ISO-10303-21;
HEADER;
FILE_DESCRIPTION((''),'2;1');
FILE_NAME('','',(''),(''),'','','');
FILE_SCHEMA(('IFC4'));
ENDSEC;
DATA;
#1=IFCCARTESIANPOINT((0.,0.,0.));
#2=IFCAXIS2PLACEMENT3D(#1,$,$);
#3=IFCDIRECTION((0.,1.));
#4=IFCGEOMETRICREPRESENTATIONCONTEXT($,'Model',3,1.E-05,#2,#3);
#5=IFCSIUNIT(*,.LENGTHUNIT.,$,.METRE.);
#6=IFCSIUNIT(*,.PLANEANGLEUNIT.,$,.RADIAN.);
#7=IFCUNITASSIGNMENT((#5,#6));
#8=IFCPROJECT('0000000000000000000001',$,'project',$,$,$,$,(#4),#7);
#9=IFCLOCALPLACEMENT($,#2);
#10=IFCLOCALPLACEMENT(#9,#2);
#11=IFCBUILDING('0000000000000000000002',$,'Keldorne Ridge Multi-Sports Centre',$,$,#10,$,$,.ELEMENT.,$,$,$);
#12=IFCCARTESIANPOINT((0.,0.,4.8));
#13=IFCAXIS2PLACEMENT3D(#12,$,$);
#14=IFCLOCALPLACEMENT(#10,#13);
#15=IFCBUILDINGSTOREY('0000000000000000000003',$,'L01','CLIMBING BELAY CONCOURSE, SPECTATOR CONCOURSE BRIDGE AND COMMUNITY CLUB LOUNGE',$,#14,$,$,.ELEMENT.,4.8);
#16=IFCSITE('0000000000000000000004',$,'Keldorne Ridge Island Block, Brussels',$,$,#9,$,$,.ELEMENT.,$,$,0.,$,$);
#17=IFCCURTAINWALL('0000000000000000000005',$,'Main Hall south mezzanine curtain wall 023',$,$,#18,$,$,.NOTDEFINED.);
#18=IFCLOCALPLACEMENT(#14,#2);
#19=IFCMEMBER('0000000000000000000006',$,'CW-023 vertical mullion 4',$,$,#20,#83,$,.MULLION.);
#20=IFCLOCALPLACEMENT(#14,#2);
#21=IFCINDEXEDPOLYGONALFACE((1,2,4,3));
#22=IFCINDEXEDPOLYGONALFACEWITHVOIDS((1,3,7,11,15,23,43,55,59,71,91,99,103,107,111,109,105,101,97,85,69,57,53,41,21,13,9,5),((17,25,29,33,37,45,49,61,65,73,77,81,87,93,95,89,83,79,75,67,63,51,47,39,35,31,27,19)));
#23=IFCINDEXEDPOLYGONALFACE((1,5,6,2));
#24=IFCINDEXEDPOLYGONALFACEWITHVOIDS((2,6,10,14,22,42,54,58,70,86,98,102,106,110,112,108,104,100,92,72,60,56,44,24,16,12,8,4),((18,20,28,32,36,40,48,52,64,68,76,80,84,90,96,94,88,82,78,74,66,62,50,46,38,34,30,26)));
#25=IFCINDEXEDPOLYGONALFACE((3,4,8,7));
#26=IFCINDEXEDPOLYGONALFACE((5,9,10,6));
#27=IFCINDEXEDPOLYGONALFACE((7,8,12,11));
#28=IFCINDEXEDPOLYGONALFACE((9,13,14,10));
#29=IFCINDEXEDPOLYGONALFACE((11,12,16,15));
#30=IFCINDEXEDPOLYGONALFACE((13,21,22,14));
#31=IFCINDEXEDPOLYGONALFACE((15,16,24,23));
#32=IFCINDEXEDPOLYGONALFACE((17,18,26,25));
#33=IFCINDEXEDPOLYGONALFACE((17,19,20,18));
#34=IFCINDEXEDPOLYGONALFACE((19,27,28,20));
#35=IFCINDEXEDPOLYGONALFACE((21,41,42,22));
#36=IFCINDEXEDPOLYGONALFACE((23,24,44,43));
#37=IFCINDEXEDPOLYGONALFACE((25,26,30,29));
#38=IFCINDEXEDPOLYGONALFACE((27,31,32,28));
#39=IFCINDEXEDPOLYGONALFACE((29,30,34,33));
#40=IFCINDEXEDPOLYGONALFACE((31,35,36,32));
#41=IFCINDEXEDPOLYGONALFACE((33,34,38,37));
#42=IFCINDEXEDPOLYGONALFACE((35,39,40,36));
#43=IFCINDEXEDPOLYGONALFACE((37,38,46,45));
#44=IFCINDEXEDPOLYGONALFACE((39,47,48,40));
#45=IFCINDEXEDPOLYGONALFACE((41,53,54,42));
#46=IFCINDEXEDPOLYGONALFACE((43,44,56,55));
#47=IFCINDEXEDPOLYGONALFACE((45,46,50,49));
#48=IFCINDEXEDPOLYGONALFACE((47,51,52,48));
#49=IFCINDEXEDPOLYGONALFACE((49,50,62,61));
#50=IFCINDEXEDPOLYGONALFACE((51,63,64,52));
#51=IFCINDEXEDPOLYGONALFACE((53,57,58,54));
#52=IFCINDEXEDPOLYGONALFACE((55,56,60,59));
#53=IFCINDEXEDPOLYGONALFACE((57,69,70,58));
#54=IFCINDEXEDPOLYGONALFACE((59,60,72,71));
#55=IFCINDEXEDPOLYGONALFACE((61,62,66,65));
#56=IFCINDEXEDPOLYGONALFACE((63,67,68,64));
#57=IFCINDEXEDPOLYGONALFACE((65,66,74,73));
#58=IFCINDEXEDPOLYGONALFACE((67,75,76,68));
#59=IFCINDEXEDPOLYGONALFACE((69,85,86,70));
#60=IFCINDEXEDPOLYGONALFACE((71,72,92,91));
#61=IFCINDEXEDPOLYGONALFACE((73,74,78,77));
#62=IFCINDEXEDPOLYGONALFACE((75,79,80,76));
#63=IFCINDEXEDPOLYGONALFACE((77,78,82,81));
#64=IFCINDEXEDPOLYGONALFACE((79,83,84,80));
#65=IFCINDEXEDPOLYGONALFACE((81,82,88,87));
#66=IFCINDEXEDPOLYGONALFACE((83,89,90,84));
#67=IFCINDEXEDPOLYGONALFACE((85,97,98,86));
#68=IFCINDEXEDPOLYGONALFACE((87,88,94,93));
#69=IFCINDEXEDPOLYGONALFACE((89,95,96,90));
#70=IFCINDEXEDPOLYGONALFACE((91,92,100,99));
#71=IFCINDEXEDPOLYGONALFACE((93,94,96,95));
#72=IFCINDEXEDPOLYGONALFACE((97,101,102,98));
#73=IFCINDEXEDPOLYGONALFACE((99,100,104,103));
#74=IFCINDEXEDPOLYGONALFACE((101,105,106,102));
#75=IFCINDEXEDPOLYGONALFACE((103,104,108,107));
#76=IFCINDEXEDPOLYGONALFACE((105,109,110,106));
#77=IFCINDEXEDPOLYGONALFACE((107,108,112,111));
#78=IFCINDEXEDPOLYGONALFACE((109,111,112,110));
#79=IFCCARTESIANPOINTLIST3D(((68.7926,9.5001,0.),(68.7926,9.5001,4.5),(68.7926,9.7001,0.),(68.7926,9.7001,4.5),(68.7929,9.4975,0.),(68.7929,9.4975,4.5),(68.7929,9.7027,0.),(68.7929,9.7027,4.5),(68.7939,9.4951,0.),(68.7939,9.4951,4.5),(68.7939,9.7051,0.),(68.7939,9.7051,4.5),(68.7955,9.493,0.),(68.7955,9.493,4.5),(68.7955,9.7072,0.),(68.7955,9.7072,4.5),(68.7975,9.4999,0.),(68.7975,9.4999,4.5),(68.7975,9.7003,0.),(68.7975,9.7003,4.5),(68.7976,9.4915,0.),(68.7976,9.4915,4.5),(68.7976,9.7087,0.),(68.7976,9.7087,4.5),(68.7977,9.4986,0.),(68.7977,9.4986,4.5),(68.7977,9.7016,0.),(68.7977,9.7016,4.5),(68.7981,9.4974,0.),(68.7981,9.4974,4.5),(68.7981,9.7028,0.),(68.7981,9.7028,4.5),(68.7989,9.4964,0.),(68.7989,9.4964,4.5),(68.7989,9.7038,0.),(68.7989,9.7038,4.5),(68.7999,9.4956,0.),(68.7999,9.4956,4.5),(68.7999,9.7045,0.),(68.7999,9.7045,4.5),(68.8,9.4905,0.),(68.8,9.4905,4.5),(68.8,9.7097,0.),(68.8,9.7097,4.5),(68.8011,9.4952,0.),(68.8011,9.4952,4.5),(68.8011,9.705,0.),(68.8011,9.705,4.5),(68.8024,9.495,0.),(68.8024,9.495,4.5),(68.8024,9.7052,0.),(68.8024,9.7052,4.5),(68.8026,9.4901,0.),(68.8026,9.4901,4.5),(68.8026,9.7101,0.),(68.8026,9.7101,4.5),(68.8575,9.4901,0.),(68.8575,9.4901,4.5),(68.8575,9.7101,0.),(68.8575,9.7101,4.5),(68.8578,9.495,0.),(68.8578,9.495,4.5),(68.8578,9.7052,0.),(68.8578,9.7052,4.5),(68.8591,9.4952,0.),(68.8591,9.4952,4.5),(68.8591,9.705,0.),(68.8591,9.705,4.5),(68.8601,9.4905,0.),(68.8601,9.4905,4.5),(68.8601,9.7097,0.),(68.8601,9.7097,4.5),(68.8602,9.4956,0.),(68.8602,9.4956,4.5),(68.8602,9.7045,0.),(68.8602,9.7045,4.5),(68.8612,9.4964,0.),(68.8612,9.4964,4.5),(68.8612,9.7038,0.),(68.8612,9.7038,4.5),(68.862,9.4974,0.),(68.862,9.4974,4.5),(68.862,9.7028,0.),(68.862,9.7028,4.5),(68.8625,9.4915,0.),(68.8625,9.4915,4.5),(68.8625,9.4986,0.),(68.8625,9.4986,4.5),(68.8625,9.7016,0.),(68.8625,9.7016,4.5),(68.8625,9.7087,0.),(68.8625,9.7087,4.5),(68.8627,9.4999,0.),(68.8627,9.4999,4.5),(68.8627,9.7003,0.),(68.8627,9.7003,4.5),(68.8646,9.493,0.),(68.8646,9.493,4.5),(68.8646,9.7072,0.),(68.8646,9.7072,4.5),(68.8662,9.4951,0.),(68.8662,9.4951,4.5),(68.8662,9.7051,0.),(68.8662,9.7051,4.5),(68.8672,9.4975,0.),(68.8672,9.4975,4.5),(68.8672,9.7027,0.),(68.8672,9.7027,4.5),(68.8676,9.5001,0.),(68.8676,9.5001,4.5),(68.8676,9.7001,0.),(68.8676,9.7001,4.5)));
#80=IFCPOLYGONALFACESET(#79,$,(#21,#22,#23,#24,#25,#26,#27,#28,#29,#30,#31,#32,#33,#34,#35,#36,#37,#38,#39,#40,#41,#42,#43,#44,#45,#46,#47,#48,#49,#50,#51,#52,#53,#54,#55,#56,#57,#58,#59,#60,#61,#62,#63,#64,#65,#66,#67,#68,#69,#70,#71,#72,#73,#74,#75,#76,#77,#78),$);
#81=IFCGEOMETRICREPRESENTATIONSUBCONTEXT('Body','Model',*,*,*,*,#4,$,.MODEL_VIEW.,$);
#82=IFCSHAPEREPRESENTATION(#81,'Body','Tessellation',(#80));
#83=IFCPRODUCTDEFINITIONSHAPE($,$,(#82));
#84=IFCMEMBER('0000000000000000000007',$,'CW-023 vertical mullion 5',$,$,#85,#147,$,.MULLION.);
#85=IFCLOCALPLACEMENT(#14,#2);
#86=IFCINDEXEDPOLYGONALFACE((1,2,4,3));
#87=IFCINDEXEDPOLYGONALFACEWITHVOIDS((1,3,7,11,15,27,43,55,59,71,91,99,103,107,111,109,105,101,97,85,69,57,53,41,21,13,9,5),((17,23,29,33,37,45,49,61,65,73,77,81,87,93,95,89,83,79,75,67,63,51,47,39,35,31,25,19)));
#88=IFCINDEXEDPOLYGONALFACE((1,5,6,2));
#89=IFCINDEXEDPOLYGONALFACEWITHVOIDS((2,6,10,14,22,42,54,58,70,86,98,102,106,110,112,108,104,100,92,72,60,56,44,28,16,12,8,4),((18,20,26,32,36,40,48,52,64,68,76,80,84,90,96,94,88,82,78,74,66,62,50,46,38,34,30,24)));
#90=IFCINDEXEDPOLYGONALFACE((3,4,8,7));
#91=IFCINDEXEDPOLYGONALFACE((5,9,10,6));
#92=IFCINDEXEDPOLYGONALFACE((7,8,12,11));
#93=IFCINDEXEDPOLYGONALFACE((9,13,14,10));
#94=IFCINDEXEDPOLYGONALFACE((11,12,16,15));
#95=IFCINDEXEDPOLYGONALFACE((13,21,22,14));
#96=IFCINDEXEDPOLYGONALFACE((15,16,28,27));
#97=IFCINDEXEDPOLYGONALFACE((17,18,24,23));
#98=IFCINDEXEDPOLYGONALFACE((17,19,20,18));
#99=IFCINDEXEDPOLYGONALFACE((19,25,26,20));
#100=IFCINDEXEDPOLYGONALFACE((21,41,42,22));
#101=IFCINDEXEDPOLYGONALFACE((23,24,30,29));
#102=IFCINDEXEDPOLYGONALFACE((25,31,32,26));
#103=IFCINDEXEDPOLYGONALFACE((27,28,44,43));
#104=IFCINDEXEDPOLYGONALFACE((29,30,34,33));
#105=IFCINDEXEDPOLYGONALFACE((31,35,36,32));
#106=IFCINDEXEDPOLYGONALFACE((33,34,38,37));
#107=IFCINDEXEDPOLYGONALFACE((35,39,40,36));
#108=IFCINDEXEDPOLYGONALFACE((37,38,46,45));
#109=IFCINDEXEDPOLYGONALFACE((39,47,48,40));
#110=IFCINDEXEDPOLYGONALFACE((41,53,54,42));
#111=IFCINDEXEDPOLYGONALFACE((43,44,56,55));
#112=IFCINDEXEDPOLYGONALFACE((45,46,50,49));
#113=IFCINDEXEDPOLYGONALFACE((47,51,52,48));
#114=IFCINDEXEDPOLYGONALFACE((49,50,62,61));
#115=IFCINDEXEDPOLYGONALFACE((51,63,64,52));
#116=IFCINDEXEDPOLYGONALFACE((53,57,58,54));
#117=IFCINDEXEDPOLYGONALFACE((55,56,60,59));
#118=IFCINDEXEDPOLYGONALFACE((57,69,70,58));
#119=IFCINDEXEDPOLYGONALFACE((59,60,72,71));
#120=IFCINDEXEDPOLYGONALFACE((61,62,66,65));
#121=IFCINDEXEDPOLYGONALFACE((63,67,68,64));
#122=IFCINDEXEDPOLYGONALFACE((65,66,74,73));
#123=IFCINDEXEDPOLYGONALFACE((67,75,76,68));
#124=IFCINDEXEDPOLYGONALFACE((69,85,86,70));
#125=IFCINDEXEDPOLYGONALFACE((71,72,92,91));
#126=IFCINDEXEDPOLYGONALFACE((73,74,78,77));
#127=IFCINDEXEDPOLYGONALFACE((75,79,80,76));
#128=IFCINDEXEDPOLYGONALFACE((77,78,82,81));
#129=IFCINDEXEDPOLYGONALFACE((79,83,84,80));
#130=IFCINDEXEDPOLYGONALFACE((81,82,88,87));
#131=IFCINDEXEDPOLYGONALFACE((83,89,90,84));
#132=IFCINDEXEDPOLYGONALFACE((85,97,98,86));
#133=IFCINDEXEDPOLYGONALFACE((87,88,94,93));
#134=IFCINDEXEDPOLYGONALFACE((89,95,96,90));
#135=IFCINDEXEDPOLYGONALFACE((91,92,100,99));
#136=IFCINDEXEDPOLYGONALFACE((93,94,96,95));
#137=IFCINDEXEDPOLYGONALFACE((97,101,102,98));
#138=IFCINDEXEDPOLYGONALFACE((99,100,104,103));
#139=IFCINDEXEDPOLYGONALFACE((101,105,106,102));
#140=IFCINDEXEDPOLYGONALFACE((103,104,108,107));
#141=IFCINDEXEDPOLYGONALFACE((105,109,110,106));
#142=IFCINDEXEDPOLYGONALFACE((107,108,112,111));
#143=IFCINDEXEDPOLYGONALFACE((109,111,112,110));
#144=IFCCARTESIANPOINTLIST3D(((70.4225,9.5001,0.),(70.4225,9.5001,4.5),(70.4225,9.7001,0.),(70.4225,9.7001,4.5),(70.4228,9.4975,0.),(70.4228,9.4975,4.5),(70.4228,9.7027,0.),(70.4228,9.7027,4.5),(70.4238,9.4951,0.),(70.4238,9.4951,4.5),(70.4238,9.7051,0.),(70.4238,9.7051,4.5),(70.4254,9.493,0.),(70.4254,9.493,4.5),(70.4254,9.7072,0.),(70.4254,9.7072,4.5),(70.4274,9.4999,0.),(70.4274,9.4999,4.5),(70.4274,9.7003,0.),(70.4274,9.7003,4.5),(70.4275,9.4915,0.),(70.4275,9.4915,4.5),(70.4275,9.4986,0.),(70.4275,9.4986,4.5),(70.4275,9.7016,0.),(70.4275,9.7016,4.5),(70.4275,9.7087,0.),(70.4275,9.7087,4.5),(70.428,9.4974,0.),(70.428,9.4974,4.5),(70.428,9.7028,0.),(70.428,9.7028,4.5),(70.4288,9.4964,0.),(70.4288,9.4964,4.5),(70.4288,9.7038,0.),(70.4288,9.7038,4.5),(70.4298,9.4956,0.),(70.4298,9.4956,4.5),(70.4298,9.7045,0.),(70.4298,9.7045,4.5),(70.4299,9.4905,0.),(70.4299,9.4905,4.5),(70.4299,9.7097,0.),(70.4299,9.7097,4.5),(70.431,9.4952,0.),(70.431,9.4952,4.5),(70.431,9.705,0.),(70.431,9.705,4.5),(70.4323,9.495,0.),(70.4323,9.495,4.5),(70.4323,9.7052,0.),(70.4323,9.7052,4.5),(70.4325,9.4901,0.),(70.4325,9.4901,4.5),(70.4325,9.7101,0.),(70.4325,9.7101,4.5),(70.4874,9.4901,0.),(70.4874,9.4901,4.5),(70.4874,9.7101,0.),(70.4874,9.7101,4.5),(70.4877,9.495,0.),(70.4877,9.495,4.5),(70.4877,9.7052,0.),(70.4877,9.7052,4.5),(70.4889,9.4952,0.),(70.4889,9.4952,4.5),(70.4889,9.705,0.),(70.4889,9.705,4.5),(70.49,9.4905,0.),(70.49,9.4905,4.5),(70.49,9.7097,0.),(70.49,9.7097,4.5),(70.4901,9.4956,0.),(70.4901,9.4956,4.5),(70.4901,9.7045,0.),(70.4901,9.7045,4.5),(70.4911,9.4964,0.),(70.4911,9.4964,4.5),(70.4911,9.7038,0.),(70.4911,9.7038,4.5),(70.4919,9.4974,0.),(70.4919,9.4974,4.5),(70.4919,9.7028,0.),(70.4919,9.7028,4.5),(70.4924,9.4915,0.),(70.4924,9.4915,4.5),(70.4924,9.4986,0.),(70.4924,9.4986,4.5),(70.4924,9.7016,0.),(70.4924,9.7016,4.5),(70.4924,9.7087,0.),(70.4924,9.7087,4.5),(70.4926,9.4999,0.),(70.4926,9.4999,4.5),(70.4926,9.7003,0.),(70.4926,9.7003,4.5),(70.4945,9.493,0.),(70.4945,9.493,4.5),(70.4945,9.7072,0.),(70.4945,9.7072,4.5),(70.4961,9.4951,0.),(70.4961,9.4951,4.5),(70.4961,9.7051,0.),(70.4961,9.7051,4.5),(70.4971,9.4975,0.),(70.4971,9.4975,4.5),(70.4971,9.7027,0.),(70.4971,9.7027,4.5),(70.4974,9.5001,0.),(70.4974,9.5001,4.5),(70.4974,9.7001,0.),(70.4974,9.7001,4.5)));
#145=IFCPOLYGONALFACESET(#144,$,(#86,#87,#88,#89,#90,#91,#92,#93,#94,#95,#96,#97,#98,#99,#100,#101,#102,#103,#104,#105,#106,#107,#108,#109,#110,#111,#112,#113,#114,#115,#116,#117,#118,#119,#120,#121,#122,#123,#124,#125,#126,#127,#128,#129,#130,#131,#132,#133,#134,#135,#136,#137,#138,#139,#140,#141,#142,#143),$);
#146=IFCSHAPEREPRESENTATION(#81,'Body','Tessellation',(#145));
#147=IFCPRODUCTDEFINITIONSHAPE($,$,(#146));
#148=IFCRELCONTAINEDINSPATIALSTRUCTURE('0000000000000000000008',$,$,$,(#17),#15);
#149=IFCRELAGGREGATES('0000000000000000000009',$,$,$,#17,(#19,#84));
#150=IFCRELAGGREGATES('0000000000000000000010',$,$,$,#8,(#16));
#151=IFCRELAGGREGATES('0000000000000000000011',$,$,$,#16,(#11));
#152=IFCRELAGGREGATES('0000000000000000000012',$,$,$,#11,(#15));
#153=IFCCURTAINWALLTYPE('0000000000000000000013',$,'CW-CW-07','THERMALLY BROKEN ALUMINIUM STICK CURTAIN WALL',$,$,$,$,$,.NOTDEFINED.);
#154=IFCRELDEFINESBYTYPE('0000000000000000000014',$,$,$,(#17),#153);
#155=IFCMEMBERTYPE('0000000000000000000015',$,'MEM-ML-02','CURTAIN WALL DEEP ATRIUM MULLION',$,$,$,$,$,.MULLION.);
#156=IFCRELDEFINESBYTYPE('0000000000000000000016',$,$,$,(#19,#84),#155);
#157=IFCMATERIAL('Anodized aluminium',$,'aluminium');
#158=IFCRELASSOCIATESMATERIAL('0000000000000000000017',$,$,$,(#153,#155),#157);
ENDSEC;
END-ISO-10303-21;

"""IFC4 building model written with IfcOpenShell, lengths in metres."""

from ifc_helpers import new_model, si_unit, direction, frame, origin, origin_2d, place, context, subcontext, project, spatial, hollow_rectangle, extrude, material, material_profile, profile_set, type_object, element, aggregate, save


model = new_model("IFC4")

# Units and contexts
model_context = context("Model", 3, precision=1e-05, world=origin(), true_north=direction((0.0, 1.0)))
body_context = subcontext(model_context, "Body", "Model", "MODEL_VIEW")
ifc_project = project(units=[si_unit("LENGTHUNIT", "METRE"), si_unit("PLANEANGLEUNIT", "RADIAN")], contexts=[model_context])

# Site, building, storey
site_placement = place(None, origin())
site = spatial("IfcSite", under=ifc_project, at=site_placement, Name="Keldorne Ridge Island Block, Brussels", CompositionType="ELEMENT", RefElevation=0.0)
building_placement = place(site_placement, origin())
building = spatial("IfcBuilding", under=site, at=building_placement, Name="Keldorne Ridge Multi-Sports Centre", CompositionType="ELEMENT")
storey_placement = place(building_placement, frame((0.0, 0.0, 4.8)))
storey = spatial("IfcBuildingStorey", under=building, at=storey_placement, Name="L01", Description="CLIMBING BELAY CONCOURSE, SPECTATOR CONCOURSE BRIDGE AND COMMUNITY CLUB LOUNGE", CompositionType="ELEMENT", Elevation=4.8)

# Curtain wall, members
ifc_material_1 = material(Name="Anodized aluminium", Category="aluminium")
curtain_wall_type_1 = type_object("IfcCurtainWallType", Name="CW-CW-07", Description="THERMALLY BROKEN ALUMINIUM STICK CURTAIN WALL", PredefinedType="NOTDEFINED", material=ifc_material_1)
curtain_wall_1_placement = place(storey_placement, origin())
curtain_wall_1 = element("IfcCurtainWall", 1, at=curtain_wall_1_placement, inside=storey, type_object=curtain_wall_type_1, Name="Main Hall south mezzanine curtain wall 023", PredefinedType="NOTDEFINED")
ifc_material_profile_1 = material_profile(ifc_material_1, hollow_rectangle(XDim=0.075, YDim=0.22, WallThickness=0.0049, InnerFilletRadius=0.0049, OuterFilletRadius=0.01, at=origin_2d()), Name="ALU MULLION 220x75x5")
ifc_profile_set_1 = profile_set([ifc_material_profile_1], Name="Anodized aluminium")
member_type_1 = type_object("IfcMemberType", Name="MEM-ML-02", Description="CURTAIN WALL DEEP ATRIUM MULLION", PredefinedType="MULLION", material=ifc_profile_set_1)
member_1_placement = place(storey_placement, frame((68.8301, 9.6001, 0.0), z_axis=(0.0, 0.0, 1.0), x_axis=(1.0, 0.0, 0.0)))
member_1 = element("IfcMember", 2, at=member_1_placement, type_object=member_type_1, Name="CW-023 vertical mullion 4", PredefinedType="MULLION", context=body_context, shape_type="SweptSolid", body=[
    extrude(hollow_rectangle(XDim=0.075, YDim=0.22, WallThickness=0.0049, InnerFilletRadius=0.0049, OuterFilletRadius=0.01, at=origin_2d()), origin(), (0.0, 0.0, 1.0), 4.5),
])
member_2_placement = place(storey_placement, frame((70.46, 9.6001, 0.0), z_axis=(0.0, 0.0, 1.0), x_axis=(1.0, 0.0, 0.0)))
member_2 = element("IfcMember", 3, at=member_2_placement, type_object=member_type_1, Name="CW-023 vertical mullion 5", PredefinedType="MULLION", context=body_context, shape_type="SweptSolid", body=[
    extrude(hollow_rectangle(XDim=0.075, YDim=0.22, WallThickness=0.0049, InnerFilletRadius=0.0049, OuterFilletRadius=0.01, at=origin_2d()), origin(), (0.0, 0.0, 1.0), 4.5),
])

aggregate(curtain_wall_1, [member_1, member_2])

save(model, "model.ifc")
